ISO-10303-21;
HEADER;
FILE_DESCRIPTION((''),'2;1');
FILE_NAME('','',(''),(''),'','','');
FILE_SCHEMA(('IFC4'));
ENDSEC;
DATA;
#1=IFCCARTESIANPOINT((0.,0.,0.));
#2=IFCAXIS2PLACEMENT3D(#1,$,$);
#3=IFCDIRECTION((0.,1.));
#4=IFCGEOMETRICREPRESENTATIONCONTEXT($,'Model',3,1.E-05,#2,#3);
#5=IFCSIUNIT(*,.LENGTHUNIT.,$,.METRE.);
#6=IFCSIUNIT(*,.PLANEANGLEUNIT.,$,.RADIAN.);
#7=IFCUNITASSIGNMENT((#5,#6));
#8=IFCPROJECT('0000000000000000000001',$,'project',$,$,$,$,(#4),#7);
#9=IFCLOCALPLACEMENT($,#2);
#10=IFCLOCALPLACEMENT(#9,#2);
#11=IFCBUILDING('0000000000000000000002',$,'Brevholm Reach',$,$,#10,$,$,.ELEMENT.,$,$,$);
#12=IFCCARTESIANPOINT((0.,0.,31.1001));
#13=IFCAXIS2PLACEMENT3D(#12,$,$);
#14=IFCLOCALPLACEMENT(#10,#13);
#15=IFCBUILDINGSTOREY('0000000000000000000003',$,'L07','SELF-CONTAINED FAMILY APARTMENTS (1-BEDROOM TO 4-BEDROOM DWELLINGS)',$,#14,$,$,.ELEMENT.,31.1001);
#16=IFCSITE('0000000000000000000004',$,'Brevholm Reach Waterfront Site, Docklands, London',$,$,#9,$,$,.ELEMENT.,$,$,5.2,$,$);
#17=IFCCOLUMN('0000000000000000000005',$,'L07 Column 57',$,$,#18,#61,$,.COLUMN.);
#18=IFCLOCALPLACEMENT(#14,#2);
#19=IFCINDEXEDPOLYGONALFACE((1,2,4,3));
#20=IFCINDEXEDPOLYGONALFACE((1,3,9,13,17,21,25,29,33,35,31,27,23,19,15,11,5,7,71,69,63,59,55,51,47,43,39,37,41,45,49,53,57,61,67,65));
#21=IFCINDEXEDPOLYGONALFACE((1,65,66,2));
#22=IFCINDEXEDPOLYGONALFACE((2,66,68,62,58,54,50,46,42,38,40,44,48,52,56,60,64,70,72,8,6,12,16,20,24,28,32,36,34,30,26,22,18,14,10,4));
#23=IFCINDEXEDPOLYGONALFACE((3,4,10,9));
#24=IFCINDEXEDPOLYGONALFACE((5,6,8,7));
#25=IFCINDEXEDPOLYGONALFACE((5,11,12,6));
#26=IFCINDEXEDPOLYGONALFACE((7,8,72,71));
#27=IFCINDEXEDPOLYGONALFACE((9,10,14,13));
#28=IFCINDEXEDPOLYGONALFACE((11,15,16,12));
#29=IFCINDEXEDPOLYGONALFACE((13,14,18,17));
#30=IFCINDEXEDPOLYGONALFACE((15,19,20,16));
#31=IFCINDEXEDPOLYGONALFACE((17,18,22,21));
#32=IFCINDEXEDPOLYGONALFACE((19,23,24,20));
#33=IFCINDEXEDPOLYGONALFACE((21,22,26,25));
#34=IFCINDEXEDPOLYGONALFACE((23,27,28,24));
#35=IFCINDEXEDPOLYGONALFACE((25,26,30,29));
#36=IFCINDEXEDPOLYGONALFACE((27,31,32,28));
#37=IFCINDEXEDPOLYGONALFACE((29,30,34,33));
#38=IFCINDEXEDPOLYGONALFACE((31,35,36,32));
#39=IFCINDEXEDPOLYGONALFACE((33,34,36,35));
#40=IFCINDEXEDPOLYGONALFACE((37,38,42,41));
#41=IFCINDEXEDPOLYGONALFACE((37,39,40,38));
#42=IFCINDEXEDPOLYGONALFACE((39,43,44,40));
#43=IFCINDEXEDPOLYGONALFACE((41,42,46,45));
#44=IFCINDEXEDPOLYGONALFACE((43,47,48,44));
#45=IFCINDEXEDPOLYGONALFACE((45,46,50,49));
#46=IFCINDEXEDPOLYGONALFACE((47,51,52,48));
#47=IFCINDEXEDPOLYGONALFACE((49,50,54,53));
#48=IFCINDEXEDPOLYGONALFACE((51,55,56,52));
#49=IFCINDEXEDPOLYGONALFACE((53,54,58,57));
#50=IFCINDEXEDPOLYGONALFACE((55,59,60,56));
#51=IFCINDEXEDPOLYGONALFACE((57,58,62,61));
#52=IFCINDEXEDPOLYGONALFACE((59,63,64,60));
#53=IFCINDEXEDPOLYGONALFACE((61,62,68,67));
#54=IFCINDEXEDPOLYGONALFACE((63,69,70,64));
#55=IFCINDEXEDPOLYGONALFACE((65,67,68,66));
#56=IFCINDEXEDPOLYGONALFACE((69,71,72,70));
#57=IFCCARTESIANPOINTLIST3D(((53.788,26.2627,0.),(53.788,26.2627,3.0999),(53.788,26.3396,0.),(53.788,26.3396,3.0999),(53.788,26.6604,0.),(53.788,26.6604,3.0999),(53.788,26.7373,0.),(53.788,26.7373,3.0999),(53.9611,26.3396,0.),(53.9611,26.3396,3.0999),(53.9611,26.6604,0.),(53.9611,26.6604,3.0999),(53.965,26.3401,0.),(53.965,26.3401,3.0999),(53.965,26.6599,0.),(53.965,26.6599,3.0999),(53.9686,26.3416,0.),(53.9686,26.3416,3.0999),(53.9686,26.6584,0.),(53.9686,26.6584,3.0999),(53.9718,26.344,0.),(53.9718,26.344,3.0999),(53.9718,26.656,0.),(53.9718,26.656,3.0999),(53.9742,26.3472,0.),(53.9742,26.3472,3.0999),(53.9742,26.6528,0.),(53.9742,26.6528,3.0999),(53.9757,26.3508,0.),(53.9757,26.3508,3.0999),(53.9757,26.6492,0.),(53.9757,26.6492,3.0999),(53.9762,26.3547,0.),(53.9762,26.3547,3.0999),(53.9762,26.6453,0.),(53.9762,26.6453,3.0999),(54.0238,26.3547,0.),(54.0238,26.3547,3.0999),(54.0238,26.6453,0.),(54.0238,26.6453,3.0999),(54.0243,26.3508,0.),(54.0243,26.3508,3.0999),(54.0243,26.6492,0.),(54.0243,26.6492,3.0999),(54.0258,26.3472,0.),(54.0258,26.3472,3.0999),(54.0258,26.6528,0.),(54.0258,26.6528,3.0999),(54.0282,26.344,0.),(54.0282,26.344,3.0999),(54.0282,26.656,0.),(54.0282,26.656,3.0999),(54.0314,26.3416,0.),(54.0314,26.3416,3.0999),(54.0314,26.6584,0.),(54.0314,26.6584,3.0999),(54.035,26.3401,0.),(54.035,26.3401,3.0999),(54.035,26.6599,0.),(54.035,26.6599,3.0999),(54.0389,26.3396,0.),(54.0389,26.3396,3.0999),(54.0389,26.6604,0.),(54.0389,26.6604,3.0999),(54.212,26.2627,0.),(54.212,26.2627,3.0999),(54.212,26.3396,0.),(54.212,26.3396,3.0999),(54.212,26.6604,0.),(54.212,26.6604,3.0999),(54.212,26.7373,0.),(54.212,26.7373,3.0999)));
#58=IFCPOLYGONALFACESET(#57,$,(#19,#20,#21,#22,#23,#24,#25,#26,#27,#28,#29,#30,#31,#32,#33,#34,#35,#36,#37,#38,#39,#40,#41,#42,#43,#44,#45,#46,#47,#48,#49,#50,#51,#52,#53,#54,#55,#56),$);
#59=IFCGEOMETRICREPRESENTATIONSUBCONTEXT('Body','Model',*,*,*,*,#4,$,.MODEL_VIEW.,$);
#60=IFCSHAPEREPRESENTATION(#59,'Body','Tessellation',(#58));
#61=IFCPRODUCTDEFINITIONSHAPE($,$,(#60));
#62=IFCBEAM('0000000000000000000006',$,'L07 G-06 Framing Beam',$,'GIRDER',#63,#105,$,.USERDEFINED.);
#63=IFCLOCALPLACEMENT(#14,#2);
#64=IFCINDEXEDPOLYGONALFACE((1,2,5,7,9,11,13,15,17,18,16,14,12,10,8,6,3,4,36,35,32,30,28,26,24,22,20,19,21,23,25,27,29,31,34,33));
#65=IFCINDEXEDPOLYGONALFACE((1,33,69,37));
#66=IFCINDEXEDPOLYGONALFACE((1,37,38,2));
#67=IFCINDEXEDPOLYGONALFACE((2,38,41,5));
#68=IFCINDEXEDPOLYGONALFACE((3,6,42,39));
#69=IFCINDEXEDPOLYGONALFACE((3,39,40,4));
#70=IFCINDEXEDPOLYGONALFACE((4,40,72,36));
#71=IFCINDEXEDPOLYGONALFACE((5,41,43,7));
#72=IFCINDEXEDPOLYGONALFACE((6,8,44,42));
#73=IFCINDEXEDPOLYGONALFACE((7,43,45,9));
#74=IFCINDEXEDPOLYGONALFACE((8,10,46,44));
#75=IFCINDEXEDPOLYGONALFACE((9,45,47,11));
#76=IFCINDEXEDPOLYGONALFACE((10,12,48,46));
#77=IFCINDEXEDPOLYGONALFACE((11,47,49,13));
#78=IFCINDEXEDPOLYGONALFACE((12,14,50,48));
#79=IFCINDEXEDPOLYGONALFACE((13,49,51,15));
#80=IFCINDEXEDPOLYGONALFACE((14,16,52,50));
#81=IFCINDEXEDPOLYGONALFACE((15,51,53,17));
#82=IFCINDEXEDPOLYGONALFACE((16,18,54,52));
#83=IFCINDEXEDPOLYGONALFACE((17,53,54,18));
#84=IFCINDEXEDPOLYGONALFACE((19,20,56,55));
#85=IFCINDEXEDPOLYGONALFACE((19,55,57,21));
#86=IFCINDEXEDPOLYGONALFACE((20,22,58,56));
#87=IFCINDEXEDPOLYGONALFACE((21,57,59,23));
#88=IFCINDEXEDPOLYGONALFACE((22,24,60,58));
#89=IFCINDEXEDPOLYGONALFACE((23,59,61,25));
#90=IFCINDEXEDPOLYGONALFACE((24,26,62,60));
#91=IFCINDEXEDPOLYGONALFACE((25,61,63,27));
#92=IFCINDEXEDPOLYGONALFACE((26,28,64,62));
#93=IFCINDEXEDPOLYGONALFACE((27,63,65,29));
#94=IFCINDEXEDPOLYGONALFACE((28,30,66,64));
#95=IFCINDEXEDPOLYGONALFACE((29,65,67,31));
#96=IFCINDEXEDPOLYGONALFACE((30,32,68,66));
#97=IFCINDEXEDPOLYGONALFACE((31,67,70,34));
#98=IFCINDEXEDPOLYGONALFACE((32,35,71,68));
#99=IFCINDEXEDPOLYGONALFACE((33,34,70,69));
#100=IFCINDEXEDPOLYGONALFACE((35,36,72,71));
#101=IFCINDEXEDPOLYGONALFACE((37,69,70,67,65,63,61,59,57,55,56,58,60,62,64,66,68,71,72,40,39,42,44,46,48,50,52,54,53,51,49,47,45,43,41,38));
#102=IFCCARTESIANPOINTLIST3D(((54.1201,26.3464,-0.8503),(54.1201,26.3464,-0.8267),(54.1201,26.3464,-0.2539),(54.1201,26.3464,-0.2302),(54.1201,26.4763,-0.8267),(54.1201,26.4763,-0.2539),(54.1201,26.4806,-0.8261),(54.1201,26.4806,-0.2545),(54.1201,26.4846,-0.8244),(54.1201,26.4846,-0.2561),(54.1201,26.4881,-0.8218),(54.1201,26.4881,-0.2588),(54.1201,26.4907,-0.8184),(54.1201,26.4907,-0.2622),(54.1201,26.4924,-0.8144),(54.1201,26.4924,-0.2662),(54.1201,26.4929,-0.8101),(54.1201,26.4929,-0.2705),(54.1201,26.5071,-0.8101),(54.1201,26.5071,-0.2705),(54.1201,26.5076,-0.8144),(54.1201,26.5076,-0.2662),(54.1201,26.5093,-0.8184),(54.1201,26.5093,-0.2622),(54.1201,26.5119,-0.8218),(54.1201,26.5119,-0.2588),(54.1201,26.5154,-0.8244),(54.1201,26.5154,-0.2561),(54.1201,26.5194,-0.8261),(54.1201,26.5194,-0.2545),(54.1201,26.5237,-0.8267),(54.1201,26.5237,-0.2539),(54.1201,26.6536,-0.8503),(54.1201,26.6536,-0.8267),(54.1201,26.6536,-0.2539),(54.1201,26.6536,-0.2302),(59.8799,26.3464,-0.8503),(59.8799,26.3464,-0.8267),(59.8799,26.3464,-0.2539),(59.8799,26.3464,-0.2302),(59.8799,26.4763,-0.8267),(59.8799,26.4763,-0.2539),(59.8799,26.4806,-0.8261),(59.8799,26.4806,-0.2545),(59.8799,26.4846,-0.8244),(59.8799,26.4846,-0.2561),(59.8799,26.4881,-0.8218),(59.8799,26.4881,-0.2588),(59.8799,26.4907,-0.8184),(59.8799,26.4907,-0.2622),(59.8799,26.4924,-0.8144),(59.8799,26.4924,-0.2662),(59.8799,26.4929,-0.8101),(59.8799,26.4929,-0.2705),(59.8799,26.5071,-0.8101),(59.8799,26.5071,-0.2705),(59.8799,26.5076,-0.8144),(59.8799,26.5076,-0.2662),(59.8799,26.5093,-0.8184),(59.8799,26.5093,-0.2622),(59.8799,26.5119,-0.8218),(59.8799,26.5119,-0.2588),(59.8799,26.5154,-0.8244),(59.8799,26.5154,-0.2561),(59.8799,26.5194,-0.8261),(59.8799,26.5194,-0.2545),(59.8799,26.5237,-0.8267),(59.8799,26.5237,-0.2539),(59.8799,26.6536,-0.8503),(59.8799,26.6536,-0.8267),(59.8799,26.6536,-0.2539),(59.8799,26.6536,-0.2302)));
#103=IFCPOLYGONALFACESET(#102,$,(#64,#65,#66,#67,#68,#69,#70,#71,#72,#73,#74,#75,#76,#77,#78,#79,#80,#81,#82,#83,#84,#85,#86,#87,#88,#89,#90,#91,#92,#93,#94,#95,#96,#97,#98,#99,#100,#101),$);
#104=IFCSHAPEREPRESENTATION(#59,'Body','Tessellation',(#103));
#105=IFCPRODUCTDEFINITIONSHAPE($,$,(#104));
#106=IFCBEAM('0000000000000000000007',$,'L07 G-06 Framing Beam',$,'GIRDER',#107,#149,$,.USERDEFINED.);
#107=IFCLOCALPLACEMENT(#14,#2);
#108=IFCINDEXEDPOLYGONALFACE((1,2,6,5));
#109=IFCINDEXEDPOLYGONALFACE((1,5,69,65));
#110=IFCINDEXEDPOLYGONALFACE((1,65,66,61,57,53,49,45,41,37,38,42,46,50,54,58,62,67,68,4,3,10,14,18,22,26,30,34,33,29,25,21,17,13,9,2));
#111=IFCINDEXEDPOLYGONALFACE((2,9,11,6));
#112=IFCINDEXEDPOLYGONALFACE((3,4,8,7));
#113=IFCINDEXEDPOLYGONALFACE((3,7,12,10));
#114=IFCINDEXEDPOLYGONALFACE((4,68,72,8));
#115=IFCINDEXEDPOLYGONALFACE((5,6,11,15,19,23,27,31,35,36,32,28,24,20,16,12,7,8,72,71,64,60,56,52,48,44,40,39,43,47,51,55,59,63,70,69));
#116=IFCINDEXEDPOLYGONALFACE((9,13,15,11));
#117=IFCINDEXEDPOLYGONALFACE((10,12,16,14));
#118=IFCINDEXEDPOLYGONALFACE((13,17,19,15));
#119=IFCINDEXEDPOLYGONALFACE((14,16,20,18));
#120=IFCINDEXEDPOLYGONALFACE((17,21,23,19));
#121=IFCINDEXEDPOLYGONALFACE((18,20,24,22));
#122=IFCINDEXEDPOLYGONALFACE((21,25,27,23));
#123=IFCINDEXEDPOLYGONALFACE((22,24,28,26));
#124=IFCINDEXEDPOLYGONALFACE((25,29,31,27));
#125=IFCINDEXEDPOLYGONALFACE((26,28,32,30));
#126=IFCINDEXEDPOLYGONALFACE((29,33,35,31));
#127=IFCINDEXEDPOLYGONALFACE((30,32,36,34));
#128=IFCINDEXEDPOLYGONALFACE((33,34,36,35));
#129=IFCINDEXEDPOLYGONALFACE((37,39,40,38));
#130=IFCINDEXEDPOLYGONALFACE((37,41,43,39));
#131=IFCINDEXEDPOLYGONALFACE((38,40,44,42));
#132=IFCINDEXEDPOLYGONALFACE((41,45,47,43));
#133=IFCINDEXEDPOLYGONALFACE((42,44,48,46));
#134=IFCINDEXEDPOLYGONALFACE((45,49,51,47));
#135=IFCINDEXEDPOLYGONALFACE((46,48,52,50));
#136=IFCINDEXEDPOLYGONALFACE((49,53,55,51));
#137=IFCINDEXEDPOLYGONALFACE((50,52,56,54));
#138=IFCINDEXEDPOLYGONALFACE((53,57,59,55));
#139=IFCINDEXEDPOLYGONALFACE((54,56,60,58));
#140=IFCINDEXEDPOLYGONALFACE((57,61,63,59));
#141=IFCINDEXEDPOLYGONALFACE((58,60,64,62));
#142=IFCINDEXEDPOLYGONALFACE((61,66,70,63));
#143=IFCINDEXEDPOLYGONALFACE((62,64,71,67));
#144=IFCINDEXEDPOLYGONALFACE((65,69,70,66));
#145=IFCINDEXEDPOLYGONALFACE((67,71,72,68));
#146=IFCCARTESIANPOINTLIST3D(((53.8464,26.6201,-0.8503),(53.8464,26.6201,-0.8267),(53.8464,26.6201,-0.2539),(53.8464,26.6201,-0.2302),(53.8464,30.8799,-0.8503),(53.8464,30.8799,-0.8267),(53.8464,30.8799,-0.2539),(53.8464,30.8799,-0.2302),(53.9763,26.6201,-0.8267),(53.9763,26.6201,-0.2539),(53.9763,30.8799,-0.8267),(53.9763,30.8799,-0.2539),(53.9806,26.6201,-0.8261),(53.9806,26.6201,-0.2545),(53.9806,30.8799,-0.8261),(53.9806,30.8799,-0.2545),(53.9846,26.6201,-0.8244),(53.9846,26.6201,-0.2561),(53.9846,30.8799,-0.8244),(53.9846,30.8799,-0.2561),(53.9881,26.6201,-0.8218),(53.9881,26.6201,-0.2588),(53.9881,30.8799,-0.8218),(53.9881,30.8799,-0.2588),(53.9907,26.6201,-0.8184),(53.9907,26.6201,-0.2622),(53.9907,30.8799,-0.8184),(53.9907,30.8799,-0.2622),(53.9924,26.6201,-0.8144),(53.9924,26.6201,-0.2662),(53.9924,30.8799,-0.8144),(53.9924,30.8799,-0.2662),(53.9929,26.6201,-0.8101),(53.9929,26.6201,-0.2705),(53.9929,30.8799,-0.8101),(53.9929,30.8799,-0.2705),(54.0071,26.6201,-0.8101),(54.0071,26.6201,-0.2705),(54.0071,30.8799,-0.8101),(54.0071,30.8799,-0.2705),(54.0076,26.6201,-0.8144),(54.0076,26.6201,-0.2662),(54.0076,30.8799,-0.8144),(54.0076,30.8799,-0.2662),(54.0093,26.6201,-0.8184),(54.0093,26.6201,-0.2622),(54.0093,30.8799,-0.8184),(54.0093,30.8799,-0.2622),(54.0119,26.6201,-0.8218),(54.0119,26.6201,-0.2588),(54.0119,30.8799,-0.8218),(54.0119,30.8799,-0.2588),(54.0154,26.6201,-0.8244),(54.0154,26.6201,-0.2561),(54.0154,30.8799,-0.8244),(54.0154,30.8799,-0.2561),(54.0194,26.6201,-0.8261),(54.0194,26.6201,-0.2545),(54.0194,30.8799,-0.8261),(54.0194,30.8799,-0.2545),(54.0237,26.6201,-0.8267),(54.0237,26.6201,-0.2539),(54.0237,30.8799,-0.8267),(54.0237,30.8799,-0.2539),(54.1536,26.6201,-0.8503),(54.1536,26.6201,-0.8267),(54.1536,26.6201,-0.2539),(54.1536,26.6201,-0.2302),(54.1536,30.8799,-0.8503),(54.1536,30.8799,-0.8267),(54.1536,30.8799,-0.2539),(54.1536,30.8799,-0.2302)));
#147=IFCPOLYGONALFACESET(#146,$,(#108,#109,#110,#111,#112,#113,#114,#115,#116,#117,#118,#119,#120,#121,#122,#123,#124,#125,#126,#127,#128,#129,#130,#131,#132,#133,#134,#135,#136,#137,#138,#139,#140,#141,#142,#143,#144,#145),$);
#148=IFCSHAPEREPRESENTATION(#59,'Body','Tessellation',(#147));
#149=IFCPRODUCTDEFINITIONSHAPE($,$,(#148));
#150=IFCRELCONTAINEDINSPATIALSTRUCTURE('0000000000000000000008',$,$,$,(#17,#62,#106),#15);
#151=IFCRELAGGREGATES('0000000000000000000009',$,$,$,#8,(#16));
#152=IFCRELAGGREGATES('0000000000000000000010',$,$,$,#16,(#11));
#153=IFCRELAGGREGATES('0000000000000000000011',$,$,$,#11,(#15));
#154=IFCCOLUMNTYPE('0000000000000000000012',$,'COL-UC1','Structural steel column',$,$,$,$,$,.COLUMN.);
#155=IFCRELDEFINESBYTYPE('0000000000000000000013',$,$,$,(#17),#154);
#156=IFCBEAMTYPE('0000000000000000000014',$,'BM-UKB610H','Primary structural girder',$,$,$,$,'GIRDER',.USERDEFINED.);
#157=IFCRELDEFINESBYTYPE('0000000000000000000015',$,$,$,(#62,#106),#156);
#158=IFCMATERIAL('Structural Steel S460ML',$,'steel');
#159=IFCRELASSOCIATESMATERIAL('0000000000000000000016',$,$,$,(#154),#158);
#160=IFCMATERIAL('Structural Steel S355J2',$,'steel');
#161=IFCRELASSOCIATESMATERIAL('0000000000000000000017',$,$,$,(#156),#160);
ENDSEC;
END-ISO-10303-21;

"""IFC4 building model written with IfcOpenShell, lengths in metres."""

from ifc_helpers import new_model, si_unit, direction, frame, origin, origin_2d, place, context, subcontext, project, spatial, i_section, extrude, material, material_profile, profile_set, type_object, element, save


model = new_model("IFC4")

# Units and contexts
model_context = context("Model", 3, precision=1e-05, world=origin(), true_north=direction((0.0, 1.0)))
body_context = subcontext(model_context, "Body", "Model", "MODEL_VIEW")
ifc_project = project(units=[si_unit("LENGTHUNIT", "METRE"), si_unit("PLANEANGLEUNIT", "RADIAN")], contexts=[model_context])

# Site, building, storey
site_placement = place(None, origin())
site = spatial("IfcSite", under=ifc_project, at=site_placement, Name="Brevholm Reach Waterfront Site, Docklands, London", CompositionType="ELEMENT", RefElevation=5.2)
building_placement = place(site_placement, origin())
building = spatial("IfcBuilding", under=site, at=building_placement, Name="Brevholm Reach", CompositionType="ELEMENT")
storey_placement = place(building_placement, frame((0.0, 0.0, 31.1001)))
storey = spatial("IfcBuildingStorey", under=building, at=storey_placement, Name="L07", Description="SELF-CONTAINED FAMILY APARTMENTS (1-BEDROOM TO 4-BEDROOM DWELLINGS)", CompositionType="ELEMENT", Elevation=31.1001)

# Column
ifc_material_1 = material(Name="Structural Steel S460ML", Category="steel")
ifc_material_profile_1 = material_profile(ifc_material_1, i_section(OverallWidth=0.4241, OverallDepth=0.4746, WebThickness=0.0476, FlangeThickness=0.0769, FilletRadius=0.0151, at=origin_2d()), Name="UKC 356x406x634")
ifc_profile_set_1 = profile_set([ifc_material_profile_1], Name="Structural Steel S460ML")
column_type_1 = type_object("IfcColumnType", Name="COL-UC1", Description="Structural steel column", PredefinedType="COLUMN", material=ifc_profile_set_1)
column_1_placement = place(storey_placement, frame((54.0, 26.5, 0.0), z_axis=(0.0, 0.0, 1.0), x_axis=(1.0, 0.0, 0.0)))
element("IfcColumn", 1, at=column_1_placement, inside=storey, type_object=column_type_1, Name="L07 Column 57", PredefinedType="COLUMN", context=body_context, shape_type="SweptSolid", body=[
    extrude(i_section(OverallWidth=0.4241, OverallDepth=0.4746, WebThickness=0.0476, FlangeThickness=0.0769, FilletRadius=0.0151, at=origin_2d()), origin(), (0.0, 0.0, 1.0), 3.0999),
])

# Beams
ifc_material_2 = material(Name="Structural Steel S355J2", Category="steel")
ifc_material_profile_2 = material_profile(ifc_material_2, i_section(OverallWidth=0.3071, OverallDepth=0.6201, WebThickness=0.0142, FlangeThickness=0.0237, FilletRadius=0.0166, at=origin_2d()), Name="UKB 610x305x179")
ifc_profile_set_2 = profile_set([ifc_material_profile_2], Name="Structural Steel S355J2")
beam_type = type_object("IfcBeamType", Name="BM-UKB610H", Description="Primary structural girder", ElementType="GIRDER", PredefinedType="USERDEFINED", material=ifc_profile_set_2)
beam_1_placement = place(storey_placement, frame((54.1201, 26.5, -0.5403), z_axis=(1.0, 0.0, 0.0), x_axis=(0.0, 1.0, 0.0)))
element("IfcBeam", 2, at=beam_1_placement, inside=storey, type_object=beam_type, Name="L07 G-06 Framing Beam", ObjectType="GIRDER", PredefinedType="USERDEFINED", context=body_context, shape_type="SweptSolid", body=[
    extrude(i_section(OverallWidth=0.3071, OverallDepth=0.6201, WebThickness=0.0142, FlangeThickness=0.0237, FilletRadius=0.0166, at=origin_2d()), origin(), (0.0, 0.0, 1.0), 5.7598),
])
beam_2_placement = place(storey_placement, frame((54.0, 26.6201, -0.5403), z_axis=(0.0, 1.0, 0.0), x_axis=(-1.0, 0.0, 0.0)))
element("IfcBeam", 3, at=beam_2_placement, inside=storey, type_object=beam_type, Name="L07 G-06 Framing Beam", ObjectType="GIRDER", PredefinedType="USERDEFINED", context=body_context, shape_type="SweptSolid", body=[
    extrude(i_section(OverallWidth=0.3071, OverallDepth=0.6201, WebThickness=0.0142, FlangeThickness=0.0237, FilletRadius=0.0166, at=origin_2d()), origin(), (0.0, 0.0, 1.0), 4.2598),
])

save(model, "model.ifc")
